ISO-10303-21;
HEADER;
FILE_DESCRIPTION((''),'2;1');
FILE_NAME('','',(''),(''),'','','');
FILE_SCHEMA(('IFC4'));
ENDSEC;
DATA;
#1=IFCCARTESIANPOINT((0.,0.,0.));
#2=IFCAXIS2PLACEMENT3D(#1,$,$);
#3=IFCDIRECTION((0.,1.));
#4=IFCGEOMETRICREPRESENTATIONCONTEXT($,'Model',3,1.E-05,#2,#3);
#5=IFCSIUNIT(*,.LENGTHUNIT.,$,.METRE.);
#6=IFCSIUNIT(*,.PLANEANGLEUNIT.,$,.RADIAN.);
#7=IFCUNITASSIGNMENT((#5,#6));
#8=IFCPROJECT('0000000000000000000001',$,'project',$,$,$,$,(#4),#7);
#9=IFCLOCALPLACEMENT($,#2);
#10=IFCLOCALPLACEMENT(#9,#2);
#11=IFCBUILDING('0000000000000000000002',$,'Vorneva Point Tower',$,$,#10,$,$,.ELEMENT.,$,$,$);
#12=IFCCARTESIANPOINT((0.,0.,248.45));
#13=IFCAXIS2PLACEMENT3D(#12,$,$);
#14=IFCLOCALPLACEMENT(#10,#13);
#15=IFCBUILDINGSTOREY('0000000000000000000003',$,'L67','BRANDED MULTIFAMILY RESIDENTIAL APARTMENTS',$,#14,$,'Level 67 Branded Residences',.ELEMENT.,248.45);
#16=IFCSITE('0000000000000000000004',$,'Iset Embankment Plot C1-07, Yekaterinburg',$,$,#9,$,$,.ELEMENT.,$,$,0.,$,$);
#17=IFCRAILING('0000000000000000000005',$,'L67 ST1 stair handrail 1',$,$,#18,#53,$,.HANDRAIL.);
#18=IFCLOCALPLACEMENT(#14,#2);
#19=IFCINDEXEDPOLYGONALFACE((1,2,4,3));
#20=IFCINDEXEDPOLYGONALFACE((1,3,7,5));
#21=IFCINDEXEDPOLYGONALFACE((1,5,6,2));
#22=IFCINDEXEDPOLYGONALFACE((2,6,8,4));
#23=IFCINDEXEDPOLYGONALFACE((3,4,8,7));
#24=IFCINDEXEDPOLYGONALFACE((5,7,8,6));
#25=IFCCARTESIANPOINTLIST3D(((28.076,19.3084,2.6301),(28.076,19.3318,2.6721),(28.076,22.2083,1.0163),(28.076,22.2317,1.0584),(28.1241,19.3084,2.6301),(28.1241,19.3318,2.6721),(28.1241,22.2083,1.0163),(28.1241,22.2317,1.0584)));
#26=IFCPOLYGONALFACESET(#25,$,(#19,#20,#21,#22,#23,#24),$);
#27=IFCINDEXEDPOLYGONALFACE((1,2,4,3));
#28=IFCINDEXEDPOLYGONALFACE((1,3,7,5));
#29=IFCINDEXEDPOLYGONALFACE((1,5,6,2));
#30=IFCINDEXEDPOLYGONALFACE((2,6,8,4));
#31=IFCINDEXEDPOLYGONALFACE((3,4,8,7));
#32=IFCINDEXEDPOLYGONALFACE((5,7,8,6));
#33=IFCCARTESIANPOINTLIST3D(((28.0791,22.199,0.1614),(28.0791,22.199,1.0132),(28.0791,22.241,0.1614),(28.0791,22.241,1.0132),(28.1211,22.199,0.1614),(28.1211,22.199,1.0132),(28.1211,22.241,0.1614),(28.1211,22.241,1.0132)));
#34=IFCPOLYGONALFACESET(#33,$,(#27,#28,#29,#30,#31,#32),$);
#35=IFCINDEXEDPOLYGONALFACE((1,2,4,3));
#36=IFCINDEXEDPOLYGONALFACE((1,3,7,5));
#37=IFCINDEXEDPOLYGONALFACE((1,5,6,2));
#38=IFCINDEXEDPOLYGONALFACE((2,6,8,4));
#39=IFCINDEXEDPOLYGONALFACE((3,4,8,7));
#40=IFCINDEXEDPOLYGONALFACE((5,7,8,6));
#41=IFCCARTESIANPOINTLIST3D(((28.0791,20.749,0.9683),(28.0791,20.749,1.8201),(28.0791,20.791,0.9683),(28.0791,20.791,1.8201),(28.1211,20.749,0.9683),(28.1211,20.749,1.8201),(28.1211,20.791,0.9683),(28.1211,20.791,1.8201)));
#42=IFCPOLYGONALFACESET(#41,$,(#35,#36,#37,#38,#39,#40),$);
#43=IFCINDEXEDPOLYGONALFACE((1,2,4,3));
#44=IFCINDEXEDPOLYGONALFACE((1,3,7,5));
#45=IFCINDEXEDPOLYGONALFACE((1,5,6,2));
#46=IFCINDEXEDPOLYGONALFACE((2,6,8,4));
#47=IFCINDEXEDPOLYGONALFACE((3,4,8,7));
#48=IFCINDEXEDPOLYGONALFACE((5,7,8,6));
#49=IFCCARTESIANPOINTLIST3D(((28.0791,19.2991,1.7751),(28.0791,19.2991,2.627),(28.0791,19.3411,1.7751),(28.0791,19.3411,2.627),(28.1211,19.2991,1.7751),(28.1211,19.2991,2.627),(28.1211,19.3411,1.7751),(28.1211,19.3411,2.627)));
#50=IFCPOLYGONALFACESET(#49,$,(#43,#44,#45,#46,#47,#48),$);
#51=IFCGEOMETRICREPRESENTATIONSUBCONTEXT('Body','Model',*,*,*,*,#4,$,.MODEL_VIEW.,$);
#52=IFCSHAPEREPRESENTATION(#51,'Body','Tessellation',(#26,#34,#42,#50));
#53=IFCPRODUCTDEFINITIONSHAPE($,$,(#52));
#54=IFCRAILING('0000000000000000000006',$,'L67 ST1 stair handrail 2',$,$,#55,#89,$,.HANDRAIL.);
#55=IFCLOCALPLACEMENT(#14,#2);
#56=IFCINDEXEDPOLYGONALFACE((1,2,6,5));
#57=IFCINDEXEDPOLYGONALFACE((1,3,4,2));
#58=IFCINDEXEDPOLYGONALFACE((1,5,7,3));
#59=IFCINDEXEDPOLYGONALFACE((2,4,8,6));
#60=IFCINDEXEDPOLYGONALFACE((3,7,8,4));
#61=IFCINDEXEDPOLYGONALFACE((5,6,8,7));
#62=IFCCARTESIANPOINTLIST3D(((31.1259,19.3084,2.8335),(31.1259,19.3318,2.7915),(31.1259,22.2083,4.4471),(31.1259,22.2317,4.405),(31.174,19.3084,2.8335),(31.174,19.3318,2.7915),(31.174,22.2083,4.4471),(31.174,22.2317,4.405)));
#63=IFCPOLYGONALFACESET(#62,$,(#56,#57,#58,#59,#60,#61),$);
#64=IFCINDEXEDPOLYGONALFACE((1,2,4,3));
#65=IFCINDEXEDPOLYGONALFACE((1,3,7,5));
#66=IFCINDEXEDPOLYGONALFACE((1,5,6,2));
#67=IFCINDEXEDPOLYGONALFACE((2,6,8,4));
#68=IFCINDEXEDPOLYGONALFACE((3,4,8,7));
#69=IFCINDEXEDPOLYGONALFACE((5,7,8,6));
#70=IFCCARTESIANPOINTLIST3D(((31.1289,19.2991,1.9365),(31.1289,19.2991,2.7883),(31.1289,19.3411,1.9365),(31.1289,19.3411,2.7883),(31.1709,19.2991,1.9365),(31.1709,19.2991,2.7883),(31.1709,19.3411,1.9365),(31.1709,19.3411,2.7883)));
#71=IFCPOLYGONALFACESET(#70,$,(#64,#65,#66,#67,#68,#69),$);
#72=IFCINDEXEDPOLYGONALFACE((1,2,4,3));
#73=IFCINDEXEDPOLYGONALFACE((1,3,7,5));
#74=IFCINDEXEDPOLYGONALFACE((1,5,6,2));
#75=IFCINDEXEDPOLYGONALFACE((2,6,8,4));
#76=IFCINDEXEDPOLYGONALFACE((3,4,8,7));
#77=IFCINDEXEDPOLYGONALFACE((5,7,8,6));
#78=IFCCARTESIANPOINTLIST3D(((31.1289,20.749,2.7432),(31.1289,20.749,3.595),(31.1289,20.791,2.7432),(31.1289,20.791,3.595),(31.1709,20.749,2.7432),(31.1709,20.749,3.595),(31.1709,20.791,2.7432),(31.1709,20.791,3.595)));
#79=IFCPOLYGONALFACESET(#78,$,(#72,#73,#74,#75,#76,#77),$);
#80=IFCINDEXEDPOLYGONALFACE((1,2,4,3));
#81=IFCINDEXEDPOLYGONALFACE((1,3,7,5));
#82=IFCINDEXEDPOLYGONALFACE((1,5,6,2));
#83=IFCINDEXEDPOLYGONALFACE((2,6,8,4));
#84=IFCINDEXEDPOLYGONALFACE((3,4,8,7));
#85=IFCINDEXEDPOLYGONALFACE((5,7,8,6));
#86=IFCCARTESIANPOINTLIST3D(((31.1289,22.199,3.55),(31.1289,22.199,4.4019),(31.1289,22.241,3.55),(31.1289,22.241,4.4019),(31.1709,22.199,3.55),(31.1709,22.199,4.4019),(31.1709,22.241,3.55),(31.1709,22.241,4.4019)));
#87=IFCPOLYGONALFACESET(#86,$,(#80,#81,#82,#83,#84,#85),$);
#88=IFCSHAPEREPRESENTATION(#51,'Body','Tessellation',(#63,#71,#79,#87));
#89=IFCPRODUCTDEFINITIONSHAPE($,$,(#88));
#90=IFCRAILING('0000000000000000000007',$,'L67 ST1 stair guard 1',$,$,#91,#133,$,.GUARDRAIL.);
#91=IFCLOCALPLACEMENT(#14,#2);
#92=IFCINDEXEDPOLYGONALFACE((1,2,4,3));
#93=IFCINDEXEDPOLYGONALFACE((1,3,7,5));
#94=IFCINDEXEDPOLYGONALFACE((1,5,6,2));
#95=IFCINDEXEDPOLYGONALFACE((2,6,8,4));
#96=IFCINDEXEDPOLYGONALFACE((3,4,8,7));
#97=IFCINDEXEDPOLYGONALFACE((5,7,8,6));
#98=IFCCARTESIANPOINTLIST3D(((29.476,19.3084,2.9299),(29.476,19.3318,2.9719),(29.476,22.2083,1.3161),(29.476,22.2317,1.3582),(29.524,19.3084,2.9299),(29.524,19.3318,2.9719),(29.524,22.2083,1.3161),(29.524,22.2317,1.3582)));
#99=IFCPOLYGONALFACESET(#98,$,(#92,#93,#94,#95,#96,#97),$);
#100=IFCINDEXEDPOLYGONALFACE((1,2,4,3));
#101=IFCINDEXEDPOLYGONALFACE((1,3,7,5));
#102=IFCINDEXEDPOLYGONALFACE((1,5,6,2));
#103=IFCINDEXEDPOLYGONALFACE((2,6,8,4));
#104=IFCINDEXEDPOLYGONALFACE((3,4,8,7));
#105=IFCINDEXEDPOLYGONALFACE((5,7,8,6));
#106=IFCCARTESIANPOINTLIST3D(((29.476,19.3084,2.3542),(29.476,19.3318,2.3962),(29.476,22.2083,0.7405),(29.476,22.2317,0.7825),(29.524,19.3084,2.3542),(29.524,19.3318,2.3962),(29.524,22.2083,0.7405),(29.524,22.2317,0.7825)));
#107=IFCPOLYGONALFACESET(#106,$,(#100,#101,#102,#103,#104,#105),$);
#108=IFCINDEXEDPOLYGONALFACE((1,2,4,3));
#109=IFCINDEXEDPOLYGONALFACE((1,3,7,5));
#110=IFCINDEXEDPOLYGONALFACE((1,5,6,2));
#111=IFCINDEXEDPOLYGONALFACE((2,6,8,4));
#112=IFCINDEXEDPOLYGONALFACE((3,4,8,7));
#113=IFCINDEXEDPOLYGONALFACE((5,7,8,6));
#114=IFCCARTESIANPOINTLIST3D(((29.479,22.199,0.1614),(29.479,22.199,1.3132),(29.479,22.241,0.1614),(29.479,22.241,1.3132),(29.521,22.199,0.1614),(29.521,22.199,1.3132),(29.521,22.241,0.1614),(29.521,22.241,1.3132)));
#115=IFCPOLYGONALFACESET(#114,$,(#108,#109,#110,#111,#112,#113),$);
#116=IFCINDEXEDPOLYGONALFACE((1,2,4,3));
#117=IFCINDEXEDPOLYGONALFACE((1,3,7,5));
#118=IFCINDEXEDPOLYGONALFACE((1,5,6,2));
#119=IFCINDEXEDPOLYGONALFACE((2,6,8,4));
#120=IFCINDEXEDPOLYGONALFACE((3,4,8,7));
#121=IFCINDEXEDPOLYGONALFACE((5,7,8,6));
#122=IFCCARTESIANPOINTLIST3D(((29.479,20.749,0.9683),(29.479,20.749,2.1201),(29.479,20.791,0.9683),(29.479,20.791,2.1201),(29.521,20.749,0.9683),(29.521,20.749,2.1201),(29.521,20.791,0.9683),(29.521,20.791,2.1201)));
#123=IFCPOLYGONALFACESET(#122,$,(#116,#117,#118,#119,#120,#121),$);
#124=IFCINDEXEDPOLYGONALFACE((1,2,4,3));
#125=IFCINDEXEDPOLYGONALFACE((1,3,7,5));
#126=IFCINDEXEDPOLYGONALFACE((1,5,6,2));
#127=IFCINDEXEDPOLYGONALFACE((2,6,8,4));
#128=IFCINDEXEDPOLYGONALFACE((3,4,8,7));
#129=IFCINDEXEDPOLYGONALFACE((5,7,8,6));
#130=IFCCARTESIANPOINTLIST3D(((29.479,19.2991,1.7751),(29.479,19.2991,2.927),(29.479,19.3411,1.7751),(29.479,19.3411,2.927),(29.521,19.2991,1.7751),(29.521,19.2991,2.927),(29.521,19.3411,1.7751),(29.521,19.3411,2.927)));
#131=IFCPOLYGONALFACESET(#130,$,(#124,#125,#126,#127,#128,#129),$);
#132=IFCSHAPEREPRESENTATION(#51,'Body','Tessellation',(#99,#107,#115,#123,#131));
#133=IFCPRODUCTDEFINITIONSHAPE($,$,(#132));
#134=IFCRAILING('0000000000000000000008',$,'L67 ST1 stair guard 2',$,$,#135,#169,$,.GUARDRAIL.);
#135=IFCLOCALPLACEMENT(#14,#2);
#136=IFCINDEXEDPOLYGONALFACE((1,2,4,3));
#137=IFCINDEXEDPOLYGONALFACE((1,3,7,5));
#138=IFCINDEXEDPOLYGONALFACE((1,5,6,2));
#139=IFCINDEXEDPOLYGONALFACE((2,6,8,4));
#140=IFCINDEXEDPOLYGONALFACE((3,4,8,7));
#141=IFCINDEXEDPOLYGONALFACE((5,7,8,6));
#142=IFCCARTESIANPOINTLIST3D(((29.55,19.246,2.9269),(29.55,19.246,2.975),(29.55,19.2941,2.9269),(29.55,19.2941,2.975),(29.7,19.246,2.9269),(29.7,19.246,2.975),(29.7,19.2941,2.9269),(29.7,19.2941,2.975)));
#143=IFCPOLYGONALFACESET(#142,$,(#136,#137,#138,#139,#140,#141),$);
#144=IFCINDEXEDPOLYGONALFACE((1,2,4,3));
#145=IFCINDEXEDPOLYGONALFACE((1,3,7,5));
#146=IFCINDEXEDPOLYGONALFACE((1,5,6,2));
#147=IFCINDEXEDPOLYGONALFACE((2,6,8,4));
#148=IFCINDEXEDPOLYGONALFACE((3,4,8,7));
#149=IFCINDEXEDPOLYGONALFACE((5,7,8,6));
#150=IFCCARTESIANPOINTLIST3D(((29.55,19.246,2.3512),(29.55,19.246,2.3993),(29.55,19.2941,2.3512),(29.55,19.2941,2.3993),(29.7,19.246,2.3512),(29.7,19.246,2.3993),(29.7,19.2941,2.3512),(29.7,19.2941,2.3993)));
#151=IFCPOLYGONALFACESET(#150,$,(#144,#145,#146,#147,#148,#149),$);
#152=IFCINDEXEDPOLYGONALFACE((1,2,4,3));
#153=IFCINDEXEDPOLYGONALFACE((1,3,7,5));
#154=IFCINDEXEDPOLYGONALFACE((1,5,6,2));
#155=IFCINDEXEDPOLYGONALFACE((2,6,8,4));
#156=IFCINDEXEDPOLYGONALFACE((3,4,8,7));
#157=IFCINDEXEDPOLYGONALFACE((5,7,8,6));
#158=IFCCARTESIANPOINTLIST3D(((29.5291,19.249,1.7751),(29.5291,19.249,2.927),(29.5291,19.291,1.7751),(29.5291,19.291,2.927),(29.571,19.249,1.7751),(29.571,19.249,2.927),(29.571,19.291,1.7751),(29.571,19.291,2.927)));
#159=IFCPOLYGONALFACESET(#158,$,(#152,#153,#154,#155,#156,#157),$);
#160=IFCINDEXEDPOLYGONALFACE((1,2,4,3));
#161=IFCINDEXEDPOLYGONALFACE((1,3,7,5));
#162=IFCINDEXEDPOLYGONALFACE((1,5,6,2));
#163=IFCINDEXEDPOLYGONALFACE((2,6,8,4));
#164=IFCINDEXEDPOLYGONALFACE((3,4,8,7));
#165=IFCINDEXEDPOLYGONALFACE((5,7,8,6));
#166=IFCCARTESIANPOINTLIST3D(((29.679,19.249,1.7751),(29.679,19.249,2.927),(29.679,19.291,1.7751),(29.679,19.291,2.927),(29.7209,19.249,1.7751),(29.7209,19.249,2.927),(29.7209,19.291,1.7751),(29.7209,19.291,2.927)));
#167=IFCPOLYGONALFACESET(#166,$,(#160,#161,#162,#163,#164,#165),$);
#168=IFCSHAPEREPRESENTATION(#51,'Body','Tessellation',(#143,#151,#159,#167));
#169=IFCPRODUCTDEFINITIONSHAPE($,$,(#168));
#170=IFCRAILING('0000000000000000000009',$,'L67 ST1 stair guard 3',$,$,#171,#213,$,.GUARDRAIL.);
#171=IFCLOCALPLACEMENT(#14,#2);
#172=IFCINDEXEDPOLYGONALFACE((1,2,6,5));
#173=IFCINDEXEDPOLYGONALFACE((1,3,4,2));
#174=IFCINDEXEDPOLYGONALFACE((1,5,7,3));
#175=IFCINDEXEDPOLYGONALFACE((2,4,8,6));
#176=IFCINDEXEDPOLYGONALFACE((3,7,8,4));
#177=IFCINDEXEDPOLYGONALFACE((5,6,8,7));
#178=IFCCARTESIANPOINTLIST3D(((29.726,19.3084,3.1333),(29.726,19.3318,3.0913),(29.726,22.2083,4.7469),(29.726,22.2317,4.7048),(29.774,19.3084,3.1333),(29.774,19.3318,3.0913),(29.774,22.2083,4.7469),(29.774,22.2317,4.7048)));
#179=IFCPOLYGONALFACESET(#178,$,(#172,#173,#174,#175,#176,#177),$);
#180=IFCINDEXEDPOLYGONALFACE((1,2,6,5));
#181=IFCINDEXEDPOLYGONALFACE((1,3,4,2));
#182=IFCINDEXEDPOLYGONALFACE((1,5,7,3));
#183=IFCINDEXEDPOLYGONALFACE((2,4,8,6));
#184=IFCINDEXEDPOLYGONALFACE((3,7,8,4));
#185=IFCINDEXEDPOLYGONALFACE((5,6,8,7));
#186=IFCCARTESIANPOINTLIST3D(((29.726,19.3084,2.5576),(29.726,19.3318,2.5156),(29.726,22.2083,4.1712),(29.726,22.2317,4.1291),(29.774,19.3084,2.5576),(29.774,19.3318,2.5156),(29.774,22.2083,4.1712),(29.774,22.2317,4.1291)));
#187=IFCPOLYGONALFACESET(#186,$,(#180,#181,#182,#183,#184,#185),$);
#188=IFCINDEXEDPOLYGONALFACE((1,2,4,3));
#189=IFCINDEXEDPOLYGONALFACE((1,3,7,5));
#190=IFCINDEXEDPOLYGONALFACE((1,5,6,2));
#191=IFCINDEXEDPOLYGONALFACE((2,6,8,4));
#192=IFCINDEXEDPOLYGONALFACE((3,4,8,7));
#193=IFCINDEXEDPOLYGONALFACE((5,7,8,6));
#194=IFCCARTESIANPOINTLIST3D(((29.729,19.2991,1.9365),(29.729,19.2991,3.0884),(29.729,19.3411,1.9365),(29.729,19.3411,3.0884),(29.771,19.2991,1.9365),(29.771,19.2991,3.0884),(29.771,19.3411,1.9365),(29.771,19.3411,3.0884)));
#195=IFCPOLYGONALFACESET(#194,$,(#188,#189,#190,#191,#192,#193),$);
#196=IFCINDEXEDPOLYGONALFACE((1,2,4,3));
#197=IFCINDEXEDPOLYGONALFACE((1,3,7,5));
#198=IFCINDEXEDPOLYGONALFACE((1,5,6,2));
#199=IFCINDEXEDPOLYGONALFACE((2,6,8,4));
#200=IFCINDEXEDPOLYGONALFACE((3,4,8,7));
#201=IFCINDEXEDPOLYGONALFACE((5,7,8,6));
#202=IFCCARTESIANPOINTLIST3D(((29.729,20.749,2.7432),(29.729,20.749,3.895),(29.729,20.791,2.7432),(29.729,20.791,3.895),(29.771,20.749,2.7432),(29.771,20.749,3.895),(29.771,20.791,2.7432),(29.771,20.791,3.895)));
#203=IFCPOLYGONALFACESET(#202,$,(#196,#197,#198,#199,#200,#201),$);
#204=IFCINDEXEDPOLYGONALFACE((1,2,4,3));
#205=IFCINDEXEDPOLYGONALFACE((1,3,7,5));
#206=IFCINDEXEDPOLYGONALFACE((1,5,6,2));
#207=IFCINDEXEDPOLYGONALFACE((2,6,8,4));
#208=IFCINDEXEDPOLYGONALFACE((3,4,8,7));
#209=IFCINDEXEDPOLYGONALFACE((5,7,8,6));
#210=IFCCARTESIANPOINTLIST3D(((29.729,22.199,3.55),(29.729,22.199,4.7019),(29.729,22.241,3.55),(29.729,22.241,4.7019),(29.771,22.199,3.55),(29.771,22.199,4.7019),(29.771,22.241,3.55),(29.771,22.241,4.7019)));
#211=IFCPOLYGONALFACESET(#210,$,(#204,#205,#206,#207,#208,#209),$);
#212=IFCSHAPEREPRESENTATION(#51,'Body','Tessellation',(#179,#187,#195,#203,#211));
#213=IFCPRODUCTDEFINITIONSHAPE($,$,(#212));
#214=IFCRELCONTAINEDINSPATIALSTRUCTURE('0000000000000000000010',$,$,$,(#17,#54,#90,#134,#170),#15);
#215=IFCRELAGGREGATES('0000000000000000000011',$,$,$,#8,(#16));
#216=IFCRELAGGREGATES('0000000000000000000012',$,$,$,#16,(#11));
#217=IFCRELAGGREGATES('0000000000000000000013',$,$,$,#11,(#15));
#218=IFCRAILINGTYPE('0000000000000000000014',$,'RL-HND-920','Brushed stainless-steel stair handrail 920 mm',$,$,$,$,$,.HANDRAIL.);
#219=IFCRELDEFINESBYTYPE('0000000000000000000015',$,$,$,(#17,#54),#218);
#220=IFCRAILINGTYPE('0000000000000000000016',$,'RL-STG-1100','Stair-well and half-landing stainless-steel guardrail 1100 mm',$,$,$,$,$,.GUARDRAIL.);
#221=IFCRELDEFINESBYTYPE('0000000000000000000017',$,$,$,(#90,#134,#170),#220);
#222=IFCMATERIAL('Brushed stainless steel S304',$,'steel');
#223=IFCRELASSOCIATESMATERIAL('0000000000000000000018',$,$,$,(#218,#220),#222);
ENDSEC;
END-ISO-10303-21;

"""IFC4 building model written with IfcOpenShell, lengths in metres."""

from ifc_helpers import new_model, si_unit, direction, frame, origin, origin_2d, place, context, subcontext, project, spatial, rectangle, extrude, material, type_object, element, save


model = new_model("IFC4")

# Units and contexts
model_context = context("Model", 3, precision=1e-05, world=origin(), true_north=direction((0.0, 1.0)))
body_context = subcontext(model_context, "Body", "Model", "MODEL_VIEW")
ifc_project = project(units=[si_unit("LENGTHUNIT", "METRE"), si_unit("PLANEANGLEUNIT", "RADIAN")], contexts=[model_context])

# Site, building, storey
site_placement = place(None, origin())
site = spatial("IfcSite", under=ifc_project, at=site_placement, Name="Iset Embankment Plot C1-07, Yekaterinburg", CompositionType="ELEMENT", RefElevation=0.0)
building_placement = place(site_placement, origin())
building = spatial("IfcBuilding", under=site, at=building_placement, Name="Vorneva Point Tower", CompositionType="ELEMENT")
storey_placement = place(building_placement, frame((0.0, 0.0, 248.45)))
storey = spatial("IfcBuildingStorey", under=building, at=storey_placement, Name="L67", Description="BRANDED MULTIFAMILY RESIDENTIAL APARTMENTS", LongName="Level 67 Branded Residences", CompositionType="ELEMENT", Elevation=248.45)

# Railings
ifc_material_1 = material(Name="Brushed stainless steel S304", Category="steel")
railing_type_1 = type_object("IfcRailingType", Name="RL-HND-920", Description="Brushed stainless-steel stair handrail 920 mm", PredefinedType="HANDRAIL", material=ifc_material_1)
railing_1_placement = place(storey_placement, frame((28.1001, 22.22, 0.1614)))
element("IfcRailing", 1, at=railing_1_placement, inside=storey, type_object=railing_type_1, Name="L67 ST1 stair handrail 1", PredefinedType="HANDRAIL", context=body_context, shape_type="SweptSolid", body=[
    extrude(rectangle(XDim=0.0481, YDim=0.0481, at=origin_2d()), frame((0.0, 0.0, 0.876), z_axis=(0.0, -0.87381, 0.486267), x_axis=(1.0, 0.0, 0.0)), (0.0, 0.0, 1.0), 3.3186),
    extrude(rectangle(XDim=0.042, YDim=0.042, at=origin_2d()), origin(), (0.0, 0.0, 1.0), 0.8518),
    extrude(rectangle(XDim=0.042, YDim=0.042, at=origin_2d()), frame((0.0, -1.45, 0.8069)), (0.0, 0.0, 1.0), 0.8518),
    extrude(rectangle(XDim=0.042, YDim=0.042, at=origin_2d()), frame((0.0, -2.8999, 1.6138)), (0.0, 0.0, 1.0), 0.8518),
])
railing_2_placement = place(storey_placement, frame((31.1499, 19.3201, 1.9365)))
element("IfcRailing", 2, at=railing_2_placement, inside=storey, type_object=railing_type_1, Name="L67 ST1 stair handrail 2", PredefinedType="HANDRAIL", context=body_context, shape_type="SweptSolid", body=[
    extrude(rectangle(XDim=0.0481, YDim=0.0481, at=origin_2d()), frame((0.0, 0.0, 0.876), z_axis=(0.0, 0.873841, 0.486211), x_axis=(-1.0, 0.0, 0.0)), (0.0, 0.0, 1.0), 3.3186),
    extrude(rectangle(XDim=0.042, YDim=0.042, at=origin_2d()), origin(), (0.0, 0.0, 1.0), 0.8518),
    extrude(rectangle(XDim=0.042, YDim=0.042, at=origin_2d()), frame((0.0, 1.45, 0.8066)), (0.0, 0.0, 1.0), 0.8518),
    extrude(rectangle(XDim=0.042, YDim=0.042, at=origin_2d()), frame((0.0, 2.8999, 1.6135)), (0.0, 0.0, 1.0), 0.8518),
])
railing_type_2 = type_object("IfcRailingType", Name="RL-STG-1100", Description="Stair-well and half-landing stainless-steel guardrail 1100 mm", PredefinedType="GUARDRAIL", material=ifc_material_1)
railing_3_placement = place(storey_placement, frame((29.5, 22.22, 0.1614)))
element("IfcRailing", 3, at=railing_3_placement, inside=storey, type_object=railing_type_2, Name="L67 ST1 stair guard 1", PredefinedType="GUARDRAIL", context=body_context, shape_type="SweptSolid", body=[
    extrude(rectangle(XDim=0.0481, YDim=0.0481, at=origin_2d()), frame((0.0, 0.0, 1.1758), z_axis=(0.0, -0.87381, 0.486267), x_axis=(1.0, 0.0, 0.0)), (0.0, 0.0, 1.0), 3.3186),
    extrude(rectangle(XDim=0.0481, YDim=0.0481, at=origin_2d()), frame((0.0, 0.0, 0.6001), z_axis=(0.0, -0.87381, 0.486267), x_axis=(1.0, 0.0, 0.0)), (0.0, 0.0, 1.0), 3.3186),
    extrude(rectangle(XDim=0.042, YDim=0.042, at=origin_2d()), origin(), (0.0, 0.0, 1.0), 1.1519),
    extrude(rectangle(XDim=0.042, YDim=0.042, at=origin_2d()), frame((0.0, -1.45, 0.8069)), (0.0, 0.0, 1.0), 1.1519),
    extrude(rectangle(XDim=0.042, YDim=0.042, at=origin_2d()), frame((0.0, -2.8999, 1.6138)), (0.0, 0.0, 1.0), 1.1519),
])
railing_4_placement = place(storey_placement, frame((29.55, 19.27, 1.7751)))
element("IfcRailing", 4, at=railing_4_placement, inside=storey, type_object=railing_type_2, Name="L67 ST1 stair guard 2", PredefinedType="GUARDRAIL", context=body_context, shape_type="SweptSolid", body=[
    extrude(rectangle(XDim=0.0481, YDim=0.0481, at=origin_2d()), frame((0.0, 0.0, 1.1758), z_axis=(1.0, 0.0, 0.0), x_axis=(0.0, 1.0, 0.0)), (0.0, 0.0, 1.0), 0.1499),
    extrude(rectangle(XDim=0.0481, YDim=0.0481, at=origin_2d()), frame((0.0, 0.0, 0.6001), z_axis=(1.0, 0.0, 0.0), x_axis=(0.0, 1.0, 0.0)), (0.0, 0.0, 1.0), 0.1499),
    extrude(rectangle(XDim=0.042, YDim=0.042, at=origin_2d()), origin(), (0.0, 0.0, 1.0), 1.1519),
    extrude(rectangle(XDim=0.042, YDim=0.042, at=origin_2d()), frame((0.1499, 0.0, 0.0)), (0.0, 0.0, 1.0), 1.1519),
])
railing_5_placement = place(storey_placement, frame((29.75, 19.3201, 1.9365)))
element("IfcRailing", 5, at=railing_5_placement, inside=storey, type_object=railing_type_2, Name="L67 ST1 stair guard 3", PredefinedType="GUARDRAIL", context=body_context, shape_type="SweptSolid", body=[
    extrude(rectangle(XDim=0.0481, YDim=0.0481, at=origin_2d()), frame((0.0, 0.0, 1.1758), z_axis=(0.0, 0.873841, 0.486211), x_axis=(-1.0, 0.0, 0.0)), (0.0, 0.0, 1.0), 3.3186),
    extrude(rectangle(XDim=0.0481, YDim=0.0481, at=origin_2d()), frame((0.0, 0.0, 0.6001), z_axis=(0.0, 0.873841, 0.486211), x_axis=(-1.0, 0.0, 0.0)), (0.0, 0.0, 1.0), 3.3186),
    extrude(rectangle(XDim=0.042, YDim=0.042, at=origin_2d()), origin(), (0.0, 0.0, 1.0), 1.1519),
    extrude(rectangle(XDim=0.042, YDim=0.042, at=origin_2d()), frame((0.0, 1.45, 0.8066)), (0.0, 0.0, 1.0), 1.1519),
    extrude(rectangle(XDim=0.042, YDim=0.042, at=origin_2d()), frame((0.0, 2.8999, 1.6135)), (0.0, 0.0, 1.0), 1.1519),
])

save(model, "model.ifc")
